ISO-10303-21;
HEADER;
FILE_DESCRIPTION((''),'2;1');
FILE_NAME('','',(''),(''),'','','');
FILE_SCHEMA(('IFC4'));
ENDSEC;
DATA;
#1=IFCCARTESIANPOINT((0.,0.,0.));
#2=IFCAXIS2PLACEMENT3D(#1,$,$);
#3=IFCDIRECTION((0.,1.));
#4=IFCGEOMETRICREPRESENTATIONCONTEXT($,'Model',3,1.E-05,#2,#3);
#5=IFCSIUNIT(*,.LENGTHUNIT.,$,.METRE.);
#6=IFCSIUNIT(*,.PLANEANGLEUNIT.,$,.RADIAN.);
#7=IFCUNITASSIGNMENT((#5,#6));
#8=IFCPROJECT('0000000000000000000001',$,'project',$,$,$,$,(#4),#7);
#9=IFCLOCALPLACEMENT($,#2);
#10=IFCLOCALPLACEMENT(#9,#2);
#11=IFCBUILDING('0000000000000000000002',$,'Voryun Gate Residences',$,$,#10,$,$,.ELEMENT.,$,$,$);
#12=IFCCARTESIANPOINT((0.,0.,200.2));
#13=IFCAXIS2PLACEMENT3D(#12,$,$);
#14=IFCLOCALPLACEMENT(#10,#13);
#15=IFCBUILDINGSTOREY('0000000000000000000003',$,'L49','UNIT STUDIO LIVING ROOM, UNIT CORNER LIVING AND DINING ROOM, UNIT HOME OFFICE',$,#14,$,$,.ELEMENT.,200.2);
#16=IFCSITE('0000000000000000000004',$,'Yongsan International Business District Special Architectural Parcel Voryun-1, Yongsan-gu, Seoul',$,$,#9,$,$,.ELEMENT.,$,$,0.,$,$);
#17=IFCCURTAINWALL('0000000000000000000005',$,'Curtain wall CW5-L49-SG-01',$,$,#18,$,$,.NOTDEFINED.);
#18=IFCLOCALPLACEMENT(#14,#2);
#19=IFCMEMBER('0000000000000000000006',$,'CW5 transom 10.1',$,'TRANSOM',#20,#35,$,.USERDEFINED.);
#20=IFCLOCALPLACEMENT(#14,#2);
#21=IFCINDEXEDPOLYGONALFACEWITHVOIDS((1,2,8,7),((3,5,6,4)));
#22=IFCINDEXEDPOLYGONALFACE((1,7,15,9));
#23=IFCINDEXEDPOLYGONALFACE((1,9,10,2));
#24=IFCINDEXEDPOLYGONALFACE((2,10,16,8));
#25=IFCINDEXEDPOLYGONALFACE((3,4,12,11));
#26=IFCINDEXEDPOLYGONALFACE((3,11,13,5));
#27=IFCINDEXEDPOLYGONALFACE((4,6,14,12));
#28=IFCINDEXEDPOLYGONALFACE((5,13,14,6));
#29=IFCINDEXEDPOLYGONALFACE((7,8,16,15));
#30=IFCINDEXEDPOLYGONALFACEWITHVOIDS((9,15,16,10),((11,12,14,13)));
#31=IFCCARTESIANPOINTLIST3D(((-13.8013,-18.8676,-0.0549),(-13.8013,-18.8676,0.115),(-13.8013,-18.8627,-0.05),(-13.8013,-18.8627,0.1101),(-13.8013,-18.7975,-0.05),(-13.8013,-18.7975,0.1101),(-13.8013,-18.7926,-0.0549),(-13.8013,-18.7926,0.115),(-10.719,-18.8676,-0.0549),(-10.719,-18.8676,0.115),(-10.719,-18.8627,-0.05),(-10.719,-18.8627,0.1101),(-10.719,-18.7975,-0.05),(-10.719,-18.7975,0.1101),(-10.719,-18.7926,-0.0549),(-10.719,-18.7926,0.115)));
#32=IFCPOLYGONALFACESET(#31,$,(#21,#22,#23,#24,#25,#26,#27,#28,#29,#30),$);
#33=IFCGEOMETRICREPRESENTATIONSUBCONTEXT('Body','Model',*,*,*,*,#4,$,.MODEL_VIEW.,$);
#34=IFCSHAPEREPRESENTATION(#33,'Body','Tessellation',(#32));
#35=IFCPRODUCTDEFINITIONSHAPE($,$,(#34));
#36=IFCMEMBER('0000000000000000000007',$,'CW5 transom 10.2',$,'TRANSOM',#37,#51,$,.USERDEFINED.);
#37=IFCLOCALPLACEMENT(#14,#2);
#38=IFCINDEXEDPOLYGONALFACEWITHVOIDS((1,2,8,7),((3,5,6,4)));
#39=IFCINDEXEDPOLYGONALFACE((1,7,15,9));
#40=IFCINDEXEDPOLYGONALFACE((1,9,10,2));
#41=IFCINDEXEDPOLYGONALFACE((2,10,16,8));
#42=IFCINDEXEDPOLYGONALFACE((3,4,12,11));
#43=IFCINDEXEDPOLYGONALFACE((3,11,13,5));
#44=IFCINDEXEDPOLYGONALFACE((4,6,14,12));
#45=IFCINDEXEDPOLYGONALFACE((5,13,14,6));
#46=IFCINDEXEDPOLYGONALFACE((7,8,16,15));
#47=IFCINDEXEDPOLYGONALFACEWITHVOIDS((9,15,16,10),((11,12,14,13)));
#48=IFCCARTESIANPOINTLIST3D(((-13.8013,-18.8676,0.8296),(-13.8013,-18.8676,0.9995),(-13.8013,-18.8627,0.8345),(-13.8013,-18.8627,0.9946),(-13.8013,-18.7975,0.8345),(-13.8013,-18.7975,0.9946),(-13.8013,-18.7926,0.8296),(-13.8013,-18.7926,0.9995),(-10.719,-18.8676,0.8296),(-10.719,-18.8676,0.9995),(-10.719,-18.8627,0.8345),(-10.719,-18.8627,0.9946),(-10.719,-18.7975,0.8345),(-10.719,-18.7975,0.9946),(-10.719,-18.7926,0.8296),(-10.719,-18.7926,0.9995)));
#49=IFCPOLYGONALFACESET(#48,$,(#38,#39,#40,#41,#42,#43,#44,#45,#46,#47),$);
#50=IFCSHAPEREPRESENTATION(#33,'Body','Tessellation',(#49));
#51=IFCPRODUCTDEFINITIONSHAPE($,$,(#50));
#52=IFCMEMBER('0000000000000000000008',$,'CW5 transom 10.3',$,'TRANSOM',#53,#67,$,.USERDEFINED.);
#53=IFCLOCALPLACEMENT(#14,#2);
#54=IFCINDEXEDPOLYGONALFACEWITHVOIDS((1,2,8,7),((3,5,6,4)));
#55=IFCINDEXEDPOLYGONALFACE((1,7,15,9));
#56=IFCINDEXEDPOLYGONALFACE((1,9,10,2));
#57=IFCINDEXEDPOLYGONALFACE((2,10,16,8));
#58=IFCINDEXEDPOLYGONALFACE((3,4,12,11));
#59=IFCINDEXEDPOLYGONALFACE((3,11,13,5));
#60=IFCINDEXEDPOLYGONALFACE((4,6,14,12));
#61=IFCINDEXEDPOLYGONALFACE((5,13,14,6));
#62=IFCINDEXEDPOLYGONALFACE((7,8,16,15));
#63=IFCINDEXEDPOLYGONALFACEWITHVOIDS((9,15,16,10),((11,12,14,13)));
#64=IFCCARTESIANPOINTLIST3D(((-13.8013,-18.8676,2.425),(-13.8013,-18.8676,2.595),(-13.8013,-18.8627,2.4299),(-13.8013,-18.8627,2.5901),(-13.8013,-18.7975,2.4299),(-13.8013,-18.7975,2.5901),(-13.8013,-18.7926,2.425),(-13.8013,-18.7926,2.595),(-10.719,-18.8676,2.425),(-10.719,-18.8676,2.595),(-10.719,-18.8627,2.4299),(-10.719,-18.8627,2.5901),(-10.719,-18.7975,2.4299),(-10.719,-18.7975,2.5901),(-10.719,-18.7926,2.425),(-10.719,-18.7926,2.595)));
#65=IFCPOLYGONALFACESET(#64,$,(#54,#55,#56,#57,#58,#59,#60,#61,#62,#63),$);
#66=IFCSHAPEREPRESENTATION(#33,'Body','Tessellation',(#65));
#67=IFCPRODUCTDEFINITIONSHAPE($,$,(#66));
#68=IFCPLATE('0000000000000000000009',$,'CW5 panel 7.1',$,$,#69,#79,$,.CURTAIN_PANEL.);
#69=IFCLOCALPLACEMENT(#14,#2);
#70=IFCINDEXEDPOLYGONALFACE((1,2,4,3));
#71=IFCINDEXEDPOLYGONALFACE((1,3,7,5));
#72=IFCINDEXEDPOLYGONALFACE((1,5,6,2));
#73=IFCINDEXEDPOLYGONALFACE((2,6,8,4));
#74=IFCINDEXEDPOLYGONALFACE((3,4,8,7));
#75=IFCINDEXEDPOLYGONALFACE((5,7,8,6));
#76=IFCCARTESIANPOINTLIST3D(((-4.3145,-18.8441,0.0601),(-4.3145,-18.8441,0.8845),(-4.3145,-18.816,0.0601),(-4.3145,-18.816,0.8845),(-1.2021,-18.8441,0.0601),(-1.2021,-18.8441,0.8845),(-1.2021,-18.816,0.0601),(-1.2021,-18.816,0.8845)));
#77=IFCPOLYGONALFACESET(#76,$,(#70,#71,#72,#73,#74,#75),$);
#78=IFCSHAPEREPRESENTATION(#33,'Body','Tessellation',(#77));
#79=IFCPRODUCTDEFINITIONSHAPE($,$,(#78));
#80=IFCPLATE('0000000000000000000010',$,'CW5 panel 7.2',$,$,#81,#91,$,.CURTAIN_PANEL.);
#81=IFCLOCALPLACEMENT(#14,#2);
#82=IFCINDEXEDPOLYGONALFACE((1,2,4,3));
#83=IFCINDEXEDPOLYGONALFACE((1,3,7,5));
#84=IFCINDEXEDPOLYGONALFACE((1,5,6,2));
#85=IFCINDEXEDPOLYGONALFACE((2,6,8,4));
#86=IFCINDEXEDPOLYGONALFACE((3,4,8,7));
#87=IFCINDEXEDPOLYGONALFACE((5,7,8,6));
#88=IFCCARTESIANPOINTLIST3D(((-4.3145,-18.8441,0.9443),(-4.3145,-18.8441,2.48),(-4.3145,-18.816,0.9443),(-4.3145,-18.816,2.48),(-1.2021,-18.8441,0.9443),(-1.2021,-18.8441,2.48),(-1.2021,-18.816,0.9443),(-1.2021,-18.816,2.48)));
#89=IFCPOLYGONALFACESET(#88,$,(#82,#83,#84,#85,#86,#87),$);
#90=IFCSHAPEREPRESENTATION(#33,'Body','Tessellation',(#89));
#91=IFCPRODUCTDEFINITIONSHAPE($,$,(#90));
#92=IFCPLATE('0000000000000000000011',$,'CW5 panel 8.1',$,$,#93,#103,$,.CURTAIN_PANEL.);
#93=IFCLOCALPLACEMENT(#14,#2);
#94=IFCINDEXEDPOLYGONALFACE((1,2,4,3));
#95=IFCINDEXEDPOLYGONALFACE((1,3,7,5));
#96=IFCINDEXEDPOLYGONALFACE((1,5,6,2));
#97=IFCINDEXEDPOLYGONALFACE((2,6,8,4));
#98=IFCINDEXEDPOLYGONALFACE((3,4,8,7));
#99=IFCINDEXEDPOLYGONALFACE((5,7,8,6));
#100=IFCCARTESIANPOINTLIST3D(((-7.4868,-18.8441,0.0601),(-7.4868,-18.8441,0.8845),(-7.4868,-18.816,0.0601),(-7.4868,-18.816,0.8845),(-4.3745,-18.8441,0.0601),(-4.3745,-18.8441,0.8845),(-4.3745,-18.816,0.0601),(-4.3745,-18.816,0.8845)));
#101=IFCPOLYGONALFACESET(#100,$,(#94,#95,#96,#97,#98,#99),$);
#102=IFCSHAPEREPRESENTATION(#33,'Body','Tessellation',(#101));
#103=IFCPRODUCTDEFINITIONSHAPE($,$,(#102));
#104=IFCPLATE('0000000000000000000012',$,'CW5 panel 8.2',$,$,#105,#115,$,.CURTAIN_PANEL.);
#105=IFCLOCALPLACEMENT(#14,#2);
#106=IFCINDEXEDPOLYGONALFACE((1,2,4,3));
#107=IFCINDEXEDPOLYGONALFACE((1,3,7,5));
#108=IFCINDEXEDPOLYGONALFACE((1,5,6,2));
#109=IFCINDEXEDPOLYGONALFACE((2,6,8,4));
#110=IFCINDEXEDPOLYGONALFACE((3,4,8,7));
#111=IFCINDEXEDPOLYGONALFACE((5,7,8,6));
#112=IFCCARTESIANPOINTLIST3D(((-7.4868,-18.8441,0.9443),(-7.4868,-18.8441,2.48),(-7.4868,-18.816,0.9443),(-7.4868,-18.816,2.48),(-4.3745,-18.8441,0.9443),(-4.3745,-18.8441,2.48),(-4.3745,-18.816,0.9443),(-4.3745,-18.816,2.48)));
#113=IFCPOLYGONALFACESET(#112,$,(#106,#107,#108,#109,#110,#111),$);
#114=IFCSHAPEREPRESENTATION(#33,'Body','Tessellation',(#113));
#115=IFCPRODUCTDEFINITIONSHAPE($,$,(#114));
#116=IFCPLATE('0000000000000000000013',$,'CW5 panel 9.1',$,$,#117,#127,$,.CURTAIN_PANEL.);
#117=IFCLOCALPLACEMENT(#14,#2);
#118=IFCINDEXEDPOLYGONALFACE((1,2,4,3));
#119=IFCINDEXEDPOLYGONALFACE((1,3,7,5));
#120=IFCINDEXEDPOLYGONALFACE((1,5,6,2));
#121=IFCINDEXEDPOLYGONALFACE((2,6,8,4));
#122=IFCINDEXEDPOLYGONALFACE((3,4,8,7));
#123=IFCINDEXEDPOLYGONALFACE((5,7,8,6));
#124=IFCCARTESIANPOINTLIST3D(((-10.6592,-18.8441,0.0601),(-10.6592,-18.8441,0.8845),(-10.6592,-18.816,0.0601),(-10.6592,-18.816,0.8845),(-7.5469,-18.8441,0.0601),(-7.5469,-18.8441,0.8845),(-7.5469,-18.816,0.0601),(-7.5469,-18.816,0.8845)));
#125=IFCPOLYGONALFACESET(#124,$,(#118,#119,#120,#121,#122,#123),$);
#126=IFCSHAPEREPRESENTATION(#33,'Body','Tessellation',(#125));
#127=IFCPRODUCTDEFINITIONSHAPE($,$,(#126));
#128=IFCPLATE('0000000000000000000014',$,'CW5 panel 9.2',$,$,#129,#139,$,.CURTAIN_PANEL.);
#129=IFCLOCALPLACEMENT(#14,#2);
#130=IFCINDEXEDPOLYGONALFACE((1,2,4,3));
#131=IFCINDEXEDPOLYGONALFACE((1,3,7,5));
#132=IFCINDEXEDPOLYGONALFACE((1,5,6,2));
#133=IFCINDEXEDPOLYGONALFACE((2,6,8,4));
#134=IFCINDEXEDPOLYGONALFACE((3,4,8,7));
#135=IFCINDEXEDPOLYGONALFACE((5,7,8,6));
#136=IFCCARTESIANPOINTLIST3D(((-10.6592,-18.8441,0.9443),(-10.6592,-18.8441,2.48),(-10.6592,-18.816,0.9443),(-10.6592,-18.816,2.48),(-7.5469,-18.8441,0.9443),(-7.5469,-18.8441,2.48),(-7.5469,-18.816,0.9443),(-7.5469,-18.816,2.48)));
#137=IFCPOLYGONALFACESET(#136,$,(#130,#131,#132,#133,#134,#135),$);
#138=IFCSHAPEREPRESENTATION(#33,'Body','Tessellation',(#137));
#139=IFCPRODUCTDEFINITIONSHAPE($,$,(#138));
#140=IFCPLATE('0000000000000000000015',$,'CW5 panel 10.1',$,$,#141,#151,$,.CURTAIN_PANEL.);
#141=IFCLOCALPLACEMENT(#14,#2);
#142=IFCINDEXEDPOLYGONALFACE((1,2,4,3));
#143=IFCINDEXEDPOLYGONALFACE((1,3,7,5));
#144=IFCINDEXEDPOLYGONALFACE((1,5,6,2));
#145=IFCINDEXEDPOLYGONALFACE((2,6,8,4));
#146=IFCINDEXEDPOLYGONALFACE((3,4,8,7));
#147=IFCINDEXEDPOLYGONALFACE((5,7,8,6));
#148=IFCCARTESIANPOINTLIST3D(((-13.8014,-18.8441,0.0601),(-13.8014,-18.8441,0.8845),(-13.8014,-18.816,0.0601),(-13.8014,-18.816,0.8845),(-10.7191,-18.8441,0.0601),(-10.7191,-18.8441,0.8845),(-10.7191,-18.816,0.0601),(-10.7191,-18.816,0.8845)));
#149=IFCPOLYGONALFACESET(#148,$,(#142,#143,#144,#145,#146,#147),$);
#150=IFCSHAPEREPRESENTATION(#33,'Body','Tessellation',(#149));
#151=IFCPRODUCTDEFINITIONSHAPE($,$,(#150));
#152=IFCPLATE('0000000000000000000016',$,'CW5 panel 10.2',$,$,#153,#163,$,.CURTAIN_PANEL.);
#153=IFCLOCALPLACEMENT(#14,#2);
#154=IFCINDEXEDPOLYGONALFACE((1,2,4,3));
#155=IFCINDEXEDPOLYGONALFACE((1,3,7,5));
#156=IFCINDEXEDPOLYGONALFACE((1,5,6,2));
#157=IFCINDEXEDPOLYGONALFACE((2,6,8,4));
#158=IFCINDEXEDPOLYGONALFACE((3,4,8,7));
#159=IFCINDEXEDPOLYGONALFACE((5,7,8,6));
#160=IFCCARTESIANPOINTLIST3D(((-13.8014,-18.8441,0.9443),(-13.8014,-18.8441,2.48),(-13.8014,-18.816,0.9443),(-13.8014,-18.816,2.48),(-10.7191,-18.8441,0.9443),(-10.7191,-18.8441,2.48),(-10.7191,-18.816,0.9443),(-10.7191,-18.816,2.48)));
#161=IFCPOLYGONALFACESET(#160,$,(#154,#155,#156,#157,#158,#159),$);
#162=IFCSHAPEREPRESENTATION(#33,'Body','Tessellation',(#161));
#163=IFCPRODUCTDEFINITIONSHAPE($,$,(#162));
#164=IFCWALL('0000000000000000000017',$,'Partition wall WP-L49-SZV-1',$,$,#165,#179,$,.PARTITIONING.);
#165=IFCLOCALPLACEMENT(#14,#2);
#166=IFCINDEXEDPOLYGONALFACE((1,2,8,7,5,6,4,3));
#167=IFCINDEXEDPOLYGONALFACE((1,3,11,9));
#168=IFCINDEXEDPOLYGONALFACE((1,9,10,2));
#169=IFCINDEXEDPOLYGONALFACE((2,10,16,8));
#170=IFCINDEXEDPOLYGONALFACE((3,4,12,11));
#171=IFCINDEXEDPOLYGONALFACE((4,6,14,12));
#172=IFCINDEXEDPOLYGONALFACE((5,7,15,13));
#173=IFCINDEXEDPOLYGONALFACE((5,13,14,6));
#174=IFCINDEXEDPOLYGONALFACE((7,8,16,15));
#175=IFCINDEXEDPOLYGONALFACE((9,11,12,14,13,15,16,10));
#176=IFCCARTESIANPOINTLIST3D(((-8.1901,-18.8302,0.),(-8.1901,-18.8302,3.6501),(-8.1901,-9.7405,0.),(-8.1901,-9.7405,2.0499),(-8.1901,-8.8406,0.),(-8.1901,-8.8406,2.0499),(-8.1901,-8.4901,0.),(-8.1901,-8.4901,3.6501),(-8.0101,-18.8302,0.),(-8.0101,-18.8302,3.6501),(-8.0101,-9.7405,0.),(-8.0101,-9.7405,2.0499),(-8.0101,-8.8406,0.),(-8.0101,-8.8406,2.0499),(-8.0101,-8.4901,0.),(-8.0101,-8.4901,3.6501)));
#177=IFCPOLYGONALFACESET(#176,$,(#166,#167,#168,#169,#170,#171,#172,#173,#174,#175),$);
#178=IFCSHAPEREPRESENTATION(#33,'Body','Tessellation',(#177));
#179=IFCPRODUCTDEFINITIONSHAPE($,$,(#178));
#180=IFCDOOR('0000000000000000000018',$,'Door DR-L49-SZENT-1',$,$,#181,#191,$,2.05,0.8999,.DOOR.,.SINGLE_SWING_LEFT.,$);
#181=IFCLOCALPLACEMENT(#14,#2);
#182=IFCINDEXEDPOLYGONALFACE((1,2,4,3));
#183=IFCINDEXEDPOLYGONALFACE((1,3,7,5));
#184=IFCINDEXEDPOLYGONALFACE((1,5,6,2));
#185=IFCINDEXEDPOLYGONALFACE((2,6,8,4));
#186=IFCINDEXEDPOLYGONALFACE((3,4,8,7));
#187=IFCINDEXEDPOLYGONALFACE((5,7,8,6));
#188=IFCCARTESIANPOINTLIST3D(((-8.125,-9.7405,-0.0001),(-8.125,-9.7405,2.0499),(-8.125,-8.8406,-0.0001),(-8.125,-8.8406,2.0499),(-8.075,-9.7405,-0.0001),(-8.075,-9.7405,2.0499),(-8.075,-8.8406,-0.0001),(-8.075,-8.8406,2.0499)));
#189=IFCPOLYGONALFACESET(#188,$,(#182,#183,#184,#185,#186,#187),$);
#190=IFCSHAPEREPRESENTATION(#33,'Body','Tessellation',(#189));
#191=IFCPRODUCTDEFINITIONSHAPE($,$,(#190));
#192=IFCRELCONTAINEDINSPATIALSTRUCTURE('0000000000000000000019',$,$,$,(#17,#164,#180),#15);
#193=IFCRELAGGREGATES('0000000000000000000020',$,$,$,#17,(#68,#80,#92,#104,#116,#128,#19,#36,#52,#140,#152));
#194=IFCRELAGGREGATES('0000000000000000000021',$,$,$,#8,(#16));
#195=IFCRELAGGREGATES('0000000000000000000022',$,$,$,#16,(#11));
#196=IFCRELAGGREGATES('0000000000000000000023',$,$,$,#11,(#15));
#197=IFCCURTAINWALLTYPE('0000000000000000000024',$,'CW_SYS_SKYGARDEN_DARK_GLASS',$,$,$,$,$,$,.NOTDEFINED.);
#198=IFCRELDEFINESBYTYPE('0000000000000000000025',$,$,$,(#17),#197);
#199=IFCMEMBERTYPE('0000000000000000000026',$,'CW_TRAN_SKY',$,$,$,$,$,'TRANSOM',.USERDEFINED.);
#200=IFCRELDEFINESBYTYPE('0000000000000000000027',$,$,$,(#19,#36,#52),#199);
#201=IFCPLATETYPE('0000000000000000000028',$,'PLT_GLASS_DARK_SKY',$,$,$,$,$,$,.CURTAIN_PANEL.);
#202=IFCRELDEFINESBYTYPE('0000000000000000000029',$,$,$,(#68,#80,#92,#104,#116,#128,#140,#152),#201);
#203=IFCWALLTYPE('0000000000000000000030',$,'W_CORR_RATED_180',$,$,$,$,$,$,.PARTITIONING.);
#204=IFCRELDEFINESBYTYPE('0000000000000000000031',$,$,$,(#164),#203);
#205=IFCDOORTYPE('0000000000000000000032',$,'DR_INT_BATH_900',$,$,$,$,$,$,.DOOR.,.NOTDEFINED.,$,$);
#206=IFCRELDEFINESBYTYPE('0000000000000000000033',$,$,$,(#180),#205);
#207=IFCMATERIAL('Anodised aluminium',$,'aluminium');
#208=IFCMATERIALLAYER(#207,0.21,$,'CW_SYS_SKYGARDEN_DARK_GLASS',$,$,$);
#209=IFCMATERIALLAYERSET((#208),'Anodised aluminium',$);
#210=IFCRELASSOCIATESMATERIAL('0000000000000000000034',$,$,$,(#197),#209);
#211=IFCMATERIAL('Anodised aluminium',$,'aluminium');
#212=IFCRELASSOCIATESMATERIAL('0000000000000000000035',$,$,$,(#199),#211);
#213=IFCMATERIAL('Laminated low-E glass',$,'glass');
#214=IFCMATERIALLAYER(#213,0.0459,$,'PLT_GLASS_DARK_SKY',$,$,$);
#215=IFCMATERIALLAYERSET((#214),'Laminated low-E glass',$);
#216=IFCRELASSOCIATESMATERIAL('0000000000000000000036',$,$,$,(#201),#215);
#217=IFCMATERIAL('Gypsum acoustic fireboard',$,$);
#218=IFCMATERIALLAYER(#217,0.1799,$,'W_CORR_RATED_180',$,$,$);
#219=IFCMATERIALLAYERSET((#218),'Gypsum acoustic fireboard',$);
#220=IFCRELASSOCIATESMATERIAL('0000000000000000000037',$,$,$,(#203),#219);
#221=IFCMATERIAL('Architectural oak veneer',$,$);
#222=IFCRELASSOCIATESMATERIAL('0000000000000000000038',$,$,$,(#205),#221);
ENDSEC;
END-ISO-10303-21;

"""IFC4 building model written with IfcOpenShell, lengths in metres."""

from ifc_helpers import new_model, si_unit, direction, frame, frame_2d, origin, origin_2d, place, context, subcontext, project, spatial, rectangle, hollow_rectangle, extrude, material, layer, layer_set, material_profile, profile_set, type_object, element, fill, aggregate, save


model = new_model("IFC4")

# Units and contexts
model_context = context("Model", 3, precision=1e-05, world=origin(), true_north=direction((0.0, 1.0)))
body_context = subcontext(model_context, "Body", "Model", "MODEL_VIEW")
ifc_project = project(units=[si_unit("LENGTHUNIT", "METRE"), si_unit("PLANEANGLEUNIT", "RADIAN")], contexts=[model_context])

# Site, building, storey
site_placement = place(None, origin())
site = spatial("IfcSite", under=ifc_project, at=site_placement, Name="Yongsan International Business District Special Architectural Parcel Voryun-1, Yongsan-gu, Seoul", CompositionType="ELEMENT", RefElevation=0.0)
building_placement = place(site_placement, origin())
building = spatial("IfcBuilding", under=site, at=building_placement, Name="Voryun Gate Residences", CompositionType="ELEMENT")
storey_placement = place(building_placement, frame((0.0, 0.0, 200.2)))
storey = spatial("IfcBuildingStorey", under=building, at=storey_placement, Name="L49", Description="UNIT STUDIO LIVING ROOM, UNIT CORNER LIVING AND DINING ROOM, UNIT HOME OFFICE", CompositionType="ELEMENT", Elevation=200.2)

# Curtain wall, members, plates
ifc_material_1 = material(Name="Anodised aluminium", Category="aluminium")
ifc_layer_1 = layer(ifc_material_1, 0.21, Name="CW_SYS_SKYGARDEN_DARK_GLASS")
ifc_layer_set_1 = layer_set([ifc_layer_1], Name="Anodised aluminium")
curtain_wall_type = type_object("IfcCurtainWallType", Name="CW_SYS_SKYGARDEN_DARK_GLASS", PredefinedType="NOTDEFINED", material=ifc_layer_set_1)
curtain_wall_placement = place(storey_placement, origin())
curtain_wall = element("IfcCurtainWall", 1, at=curtain_wall_placement, inside=storey, type_object=curtain_wall_type, Name="Curtain wall CW5-L49-SG-01", PredefinedType="NOTDEFINED")
ifc_material_2 = material(Name="Anodised aluminium", Category="aluminium")
ifc_material_profile_1 = material_profile(ifc_material_2, hollow_rectangle(XDim=0.075, YDim=0.1699, WallThickness=0.0049, at=origin_2d()), Name="ALU-TRAN-170x75x5")
ifc_profile_set_1 = profile_set([ifc_material_profile_1], Name="Anodised aluminium")
member_type_1 = type_object("IfcMemberType", Name="CW_TRAN_SKY", ElementType="TRANSOM", PredefinedType="USERDEFINED", material=ifc_profile_set_1)
member_1_placement = place(storey_placement, frame((-10.719, -18.8301, 0.03), z_axis=(-1.0, 0.0, 0.0), x_axis=(0.0, -1.0, 0.0)))
member_1 = element("IfcMember", 2, at=member_1_placement, type_object=member_type_1, Name="CW5 transom 10.1", ObjectType="TRANSOM", PredefinedType="USERDEFINED", context=body_context, shape_type="SweptSolid", body=[
    extrude(hollow_rectangle(XDim=0.075, YDim=0.1699, WallThickness=0.0049, at=origin_2d()), origin(), (0.0, 0.0, 1.0), 3.0823),
])
member_2_placement = place(storey_placement, frame((-10.719, -18.8301, 0.9146), z_axis=(-1.0, 0.0, 0.0), x_axis=(0.0, -1.0, 0.0)))
member_2 = element("IfcMember", 3, at=member_2_placement, type_object=member_type_1, Name="CW5 transom 10.2", ObjectType="TRANSOM", PredefinedType="USERDEFINED", context=body_context, shape_type="SweptSolid", body=[
    extrude(hollow_rectangle(XDim=0.075, YDim=0.1699, WallThickness=0.0049, at=origin_2d()), origin(), (0.0, 0.0, 1.0), 3.0823),
])
member_3_placement = place(storey_placement, frame((-10.719, -18.8301, 2.51), z_axis=(-1.0, 0.0, 0.0), x_axis=(0.0, -1.0, 0.0)))
member_3 = element("IfcMember", 4, at=member_3_placement, type_object=member_type_1, Name="CW5 transom 10.3", ObjectType="TRANSOM", PredefinedType="USERDEFINED", context=body_context, shape_type="SweptSolid", body=[
    extrude(hollow_rectangle(XDim=0.075, YDim=0.1699, WallThickness=0.0049, at=origin_2d()), origin(), (0.0, 0.0, 1.0), 3.0823),
])
ifc_material_3 = material(Name="Laminated low-E glass", Category="glass")
ifc_layer_2 = layer(ifc_material_3, 0.0459, Name="PLT_GLASS_DARK_SKY")
ifc_layer_set_2 = layer_set([ifc_layer_2], Name="Laminated low-E glass")
plate_type = type_object("IfcPlateType", Name="PLT_GLASS_DARK_SKY", PredefinedType="CURTAIN_PANEL", material=ifc_layer_set_2)
plate_1_placement = place(storey_placement, frame((-2.7583, -18.8301, 0.0601), z_axis=(0.0, 0.0, 1.0), x_axis=(-1.0, 0.0, 0.0)))
plate_1 = element("IfcPlate", 5, at=plate_1_placement, type_object=plate_type, Name="CW5 panel 7.1", PredefinedType="CURTAIN_PANEL", context=body_context, shape_type="SweptSolid", body=[
    extrude(rectangle(XDim=3.1123, YDim=0.0281, at=origin_2d()), origin(), (0.0, 0.0, 1.0), 0.8245),
])
plate_2_placement = place(storey_placement, frame((-2.7583, -18.8301, 0.9443), z_axis=(0.0, 0.0, 1.0), x_axis=(-1.0, 0.0, 0.0)))
plate_2 = element("IfcPlate", 6, at=plate_2_placement, type_object=plate_type, Name="CW5 panel 7.2", PredefinedType="CURTAIN_PANEL", context=body_context, shape_type="SweptSolid", body=[
    extrude(rectangle(XDim=3.1123, YDim=0.0281, at=origin_2d()), origin(), (0.0, 0.0, 1.0), 1.5356),
])
plate_3_placement = place(storey_placement, frame((-5.9307, -18.8301, 0.0601), z_axis=(0.0, 0.0, 1.0), x_axis=(-1.0, 0.0, 0.0)))
plate_3 = element("IfcPlate", 7, at=plate_3_placement, type_object=plate_type, Name="CW5 panel 8.1", PredefinedType="CURTAIN_PANEL", context=body_context, shape_type="SweptSolid", body=[
    extrude(rectangle(XDim=3.1123, YDim=0.0281, at=origin_2d()), origin(), (0.0, 0.0, 1.0), 0.8245),
])
plate_4_placement = place(storey_placement, frame((-5.9307, -18.8301, 0.9443), z_axis=(0.0, 0.0, 1.0), x_axis=(-1.0, 0.0, 0.0)))
plate_4 = element("IfcPlate", 8, at=plate_4_placement, type_object=plate_type, Name="CW5 panel 8.2", PredefinedType="CURTAIN_PANEL", context=body_context, shape_type="SweptSolid", body=[
    extrude(rectangle(XDim=3.1123, YDim=0.0281, at=origin_2d()), origin(), (0.0, 0.0, 1.0), 1.5356),
])
plate_5_placement = place(storey_placement, frame((-9.103, -18.8301, 0.0601), z_axis=(0.0, 0.0, 1.0), x_axis=(-1.0, 0.0, 0.0)))
plate_5 = element("IfcPlate", 9, at=plate_5_placement, type_object=plate_type, Name="CW5 panel 9.1", PredefinedType="CURTAIN_PANEL", context=body_context, shape_type="SweptSolid", body=[
    extrude(rectangle(XDim=3.1123, YDim=0.0281, at=origin_2d()), origin(), (0.0, 0.0, 1.0), 0.8245),
])
plate_6_placement = place(storey_placement, frame((-9.103, -18.8301, 0.9443), z_axis=(0.0, 0.0, 1.0), x_axis=(-1.0, 0.0, 0.0)))
plate_6 = element("IfcPlate", 10, at=plate_6_placement, type_object=plate_type, Name="CW5 panel 9.2", PredefinedType="CURTAIN_PANEL", context=body_context, shape_type="SweptSolid", body=[
    extrude(rectangle(XDim=3.1123, YDim=0.0281, at=origin_2d()), origin(), (0.0, 0.0, 1.0), 1.5356),
])
plate_7_placement = place(storey_placement, frame((-12.2603, -18.8301, 0.0601), z_axis=(0.0, 0.0, 1.0), x_axis=(-1.0, 0.0, 0.0)))
plate_7 = element("IfcPlate", 11, at=plate_7_placement, type_object=plate_type, Name="CW5 panel 10.1", PredefinedType="CURTAIN_PANEL", context=body_context, shape_type="SweptSolid", body=[
    extrude(rectangle(XDim=3.0823, YDim=0.0281, at=origin_2d()), origin(), (0.0, 0.0, 1.0), 0.8245),
])
plate_8_placement = place(storey_placement, frame((-12.2603, -18.8301, 0.9443), z_axis=(0.0, 0.0, 1.0), x_axis=(-1.0, 0.0, 0.0)))
plate_8 = element("IfcPlate", 12, at=plate_8_placement, type_object=plate_type, Name="CW5 panel 10.2", PredefinedType="CURTAIN_PANEL", context=body_context, shape_type="SweptSolid", body=[
    extrude(rectangle(XDim=3.0823, YDim=0.0281, at=origin_2d()), origin(), (0.0, 0.0, 1.0), 1.5356),
])
aggregate(curtain_wall, [plate_1, plate_2, plate_3, plate_4, plate_5, plate_6, member_1, member_2, member_3, plate_7, plate_8])

# Wall, opening, door
ifc_material_4 = material(Name="Gypsum acoustic fireboard")
ifc_layer_3 = layer(ifc_material_4, 0.1799, Name="W_CORR_RATED_180")
ifc_layer_set_3 = layer_set([ifc_layer_3], Name="Gypsum acoustic fireboard")
wall_type_1 = type_object("IfcWallType", Name="W_CORR_RATED_180", PredefinedType="PARTITIONING", material=ifc_layer_set_3)
wall_1_placement = place(storey_placement, frame((-8.1001, -18.8301, 0.0), z_axis=(0.0, 0.0, 1.0), x_axis=(0.0, 1.0, 0.0)))
wall_1 = element("IfcWall", 13, at=wall_1_placement, inside=storey, type_object=wall_type_1, Name="Partition wall WP-L49-SZV-1", PredefinedType="PARTITIONING", context=body_context, shape_type="SweptSolid", body=[
    extrude(rectangle(XDim=10.3401, YDim=0.1799, at=frame_2d((5.1699, 0.0))), origin(), (0.0, 0.0, 1.0), 3.6501),
])
opening_placement = place(wall_1_placement, frame((9.0896, 0.0, 0.0)))
opening = element("IfcOpeningElement", 14, at=opening_placement, cuts=wall_1, PredefinedType="OPENING", context=body_context, shape_type="SweptSolid", body=[
    extrude(rectangle(XDim=0.8999, YDim=2.05, at=frame_2d((0.45, 1.0249))), frame((0.0, 0.0999, 0.0), z_axis=(0.0, -1.0, 0.0), x_axis=(1.0, 0.0, 0.0)), (0.0, 0.0, 1.0), 0.2),
])
ifc_material_5 = material(Name="Architectural oak veneer")
door_type = type_object("IfcDoorType", Name="DR_INT_BATH_900", OperationType="NOTDEFINED", PredefinedType="DOOR", material=ifc_material_5)
door_placement = place(opening_placement, origin())
door = element("IfcDoor", 15, at=door_placement, inside=storey, type_object=door_type, Name="Door DR-L49-SZENT-1", OperationType="SINGLE_SWING_LEFT", OverallHeight=2.05, OverallWidth=0.8999, PredefinedType="DOOR", context=body_context, shape_type="SweptSolid", body=[
    extrude(rectangle(XDim=0.8999, YDim=2.05, at=frame_2d((0.45, 1.0249))), frame((0.0, 0.0249, 0.0), z_axis=(0.0, -1.0, 0.0), x_axis=(1.0, 0.0, 0.0)), (0.0, 0.0, 1.0), 0.05),
])
fill(opening, door)

save(model, "model.ifc")
